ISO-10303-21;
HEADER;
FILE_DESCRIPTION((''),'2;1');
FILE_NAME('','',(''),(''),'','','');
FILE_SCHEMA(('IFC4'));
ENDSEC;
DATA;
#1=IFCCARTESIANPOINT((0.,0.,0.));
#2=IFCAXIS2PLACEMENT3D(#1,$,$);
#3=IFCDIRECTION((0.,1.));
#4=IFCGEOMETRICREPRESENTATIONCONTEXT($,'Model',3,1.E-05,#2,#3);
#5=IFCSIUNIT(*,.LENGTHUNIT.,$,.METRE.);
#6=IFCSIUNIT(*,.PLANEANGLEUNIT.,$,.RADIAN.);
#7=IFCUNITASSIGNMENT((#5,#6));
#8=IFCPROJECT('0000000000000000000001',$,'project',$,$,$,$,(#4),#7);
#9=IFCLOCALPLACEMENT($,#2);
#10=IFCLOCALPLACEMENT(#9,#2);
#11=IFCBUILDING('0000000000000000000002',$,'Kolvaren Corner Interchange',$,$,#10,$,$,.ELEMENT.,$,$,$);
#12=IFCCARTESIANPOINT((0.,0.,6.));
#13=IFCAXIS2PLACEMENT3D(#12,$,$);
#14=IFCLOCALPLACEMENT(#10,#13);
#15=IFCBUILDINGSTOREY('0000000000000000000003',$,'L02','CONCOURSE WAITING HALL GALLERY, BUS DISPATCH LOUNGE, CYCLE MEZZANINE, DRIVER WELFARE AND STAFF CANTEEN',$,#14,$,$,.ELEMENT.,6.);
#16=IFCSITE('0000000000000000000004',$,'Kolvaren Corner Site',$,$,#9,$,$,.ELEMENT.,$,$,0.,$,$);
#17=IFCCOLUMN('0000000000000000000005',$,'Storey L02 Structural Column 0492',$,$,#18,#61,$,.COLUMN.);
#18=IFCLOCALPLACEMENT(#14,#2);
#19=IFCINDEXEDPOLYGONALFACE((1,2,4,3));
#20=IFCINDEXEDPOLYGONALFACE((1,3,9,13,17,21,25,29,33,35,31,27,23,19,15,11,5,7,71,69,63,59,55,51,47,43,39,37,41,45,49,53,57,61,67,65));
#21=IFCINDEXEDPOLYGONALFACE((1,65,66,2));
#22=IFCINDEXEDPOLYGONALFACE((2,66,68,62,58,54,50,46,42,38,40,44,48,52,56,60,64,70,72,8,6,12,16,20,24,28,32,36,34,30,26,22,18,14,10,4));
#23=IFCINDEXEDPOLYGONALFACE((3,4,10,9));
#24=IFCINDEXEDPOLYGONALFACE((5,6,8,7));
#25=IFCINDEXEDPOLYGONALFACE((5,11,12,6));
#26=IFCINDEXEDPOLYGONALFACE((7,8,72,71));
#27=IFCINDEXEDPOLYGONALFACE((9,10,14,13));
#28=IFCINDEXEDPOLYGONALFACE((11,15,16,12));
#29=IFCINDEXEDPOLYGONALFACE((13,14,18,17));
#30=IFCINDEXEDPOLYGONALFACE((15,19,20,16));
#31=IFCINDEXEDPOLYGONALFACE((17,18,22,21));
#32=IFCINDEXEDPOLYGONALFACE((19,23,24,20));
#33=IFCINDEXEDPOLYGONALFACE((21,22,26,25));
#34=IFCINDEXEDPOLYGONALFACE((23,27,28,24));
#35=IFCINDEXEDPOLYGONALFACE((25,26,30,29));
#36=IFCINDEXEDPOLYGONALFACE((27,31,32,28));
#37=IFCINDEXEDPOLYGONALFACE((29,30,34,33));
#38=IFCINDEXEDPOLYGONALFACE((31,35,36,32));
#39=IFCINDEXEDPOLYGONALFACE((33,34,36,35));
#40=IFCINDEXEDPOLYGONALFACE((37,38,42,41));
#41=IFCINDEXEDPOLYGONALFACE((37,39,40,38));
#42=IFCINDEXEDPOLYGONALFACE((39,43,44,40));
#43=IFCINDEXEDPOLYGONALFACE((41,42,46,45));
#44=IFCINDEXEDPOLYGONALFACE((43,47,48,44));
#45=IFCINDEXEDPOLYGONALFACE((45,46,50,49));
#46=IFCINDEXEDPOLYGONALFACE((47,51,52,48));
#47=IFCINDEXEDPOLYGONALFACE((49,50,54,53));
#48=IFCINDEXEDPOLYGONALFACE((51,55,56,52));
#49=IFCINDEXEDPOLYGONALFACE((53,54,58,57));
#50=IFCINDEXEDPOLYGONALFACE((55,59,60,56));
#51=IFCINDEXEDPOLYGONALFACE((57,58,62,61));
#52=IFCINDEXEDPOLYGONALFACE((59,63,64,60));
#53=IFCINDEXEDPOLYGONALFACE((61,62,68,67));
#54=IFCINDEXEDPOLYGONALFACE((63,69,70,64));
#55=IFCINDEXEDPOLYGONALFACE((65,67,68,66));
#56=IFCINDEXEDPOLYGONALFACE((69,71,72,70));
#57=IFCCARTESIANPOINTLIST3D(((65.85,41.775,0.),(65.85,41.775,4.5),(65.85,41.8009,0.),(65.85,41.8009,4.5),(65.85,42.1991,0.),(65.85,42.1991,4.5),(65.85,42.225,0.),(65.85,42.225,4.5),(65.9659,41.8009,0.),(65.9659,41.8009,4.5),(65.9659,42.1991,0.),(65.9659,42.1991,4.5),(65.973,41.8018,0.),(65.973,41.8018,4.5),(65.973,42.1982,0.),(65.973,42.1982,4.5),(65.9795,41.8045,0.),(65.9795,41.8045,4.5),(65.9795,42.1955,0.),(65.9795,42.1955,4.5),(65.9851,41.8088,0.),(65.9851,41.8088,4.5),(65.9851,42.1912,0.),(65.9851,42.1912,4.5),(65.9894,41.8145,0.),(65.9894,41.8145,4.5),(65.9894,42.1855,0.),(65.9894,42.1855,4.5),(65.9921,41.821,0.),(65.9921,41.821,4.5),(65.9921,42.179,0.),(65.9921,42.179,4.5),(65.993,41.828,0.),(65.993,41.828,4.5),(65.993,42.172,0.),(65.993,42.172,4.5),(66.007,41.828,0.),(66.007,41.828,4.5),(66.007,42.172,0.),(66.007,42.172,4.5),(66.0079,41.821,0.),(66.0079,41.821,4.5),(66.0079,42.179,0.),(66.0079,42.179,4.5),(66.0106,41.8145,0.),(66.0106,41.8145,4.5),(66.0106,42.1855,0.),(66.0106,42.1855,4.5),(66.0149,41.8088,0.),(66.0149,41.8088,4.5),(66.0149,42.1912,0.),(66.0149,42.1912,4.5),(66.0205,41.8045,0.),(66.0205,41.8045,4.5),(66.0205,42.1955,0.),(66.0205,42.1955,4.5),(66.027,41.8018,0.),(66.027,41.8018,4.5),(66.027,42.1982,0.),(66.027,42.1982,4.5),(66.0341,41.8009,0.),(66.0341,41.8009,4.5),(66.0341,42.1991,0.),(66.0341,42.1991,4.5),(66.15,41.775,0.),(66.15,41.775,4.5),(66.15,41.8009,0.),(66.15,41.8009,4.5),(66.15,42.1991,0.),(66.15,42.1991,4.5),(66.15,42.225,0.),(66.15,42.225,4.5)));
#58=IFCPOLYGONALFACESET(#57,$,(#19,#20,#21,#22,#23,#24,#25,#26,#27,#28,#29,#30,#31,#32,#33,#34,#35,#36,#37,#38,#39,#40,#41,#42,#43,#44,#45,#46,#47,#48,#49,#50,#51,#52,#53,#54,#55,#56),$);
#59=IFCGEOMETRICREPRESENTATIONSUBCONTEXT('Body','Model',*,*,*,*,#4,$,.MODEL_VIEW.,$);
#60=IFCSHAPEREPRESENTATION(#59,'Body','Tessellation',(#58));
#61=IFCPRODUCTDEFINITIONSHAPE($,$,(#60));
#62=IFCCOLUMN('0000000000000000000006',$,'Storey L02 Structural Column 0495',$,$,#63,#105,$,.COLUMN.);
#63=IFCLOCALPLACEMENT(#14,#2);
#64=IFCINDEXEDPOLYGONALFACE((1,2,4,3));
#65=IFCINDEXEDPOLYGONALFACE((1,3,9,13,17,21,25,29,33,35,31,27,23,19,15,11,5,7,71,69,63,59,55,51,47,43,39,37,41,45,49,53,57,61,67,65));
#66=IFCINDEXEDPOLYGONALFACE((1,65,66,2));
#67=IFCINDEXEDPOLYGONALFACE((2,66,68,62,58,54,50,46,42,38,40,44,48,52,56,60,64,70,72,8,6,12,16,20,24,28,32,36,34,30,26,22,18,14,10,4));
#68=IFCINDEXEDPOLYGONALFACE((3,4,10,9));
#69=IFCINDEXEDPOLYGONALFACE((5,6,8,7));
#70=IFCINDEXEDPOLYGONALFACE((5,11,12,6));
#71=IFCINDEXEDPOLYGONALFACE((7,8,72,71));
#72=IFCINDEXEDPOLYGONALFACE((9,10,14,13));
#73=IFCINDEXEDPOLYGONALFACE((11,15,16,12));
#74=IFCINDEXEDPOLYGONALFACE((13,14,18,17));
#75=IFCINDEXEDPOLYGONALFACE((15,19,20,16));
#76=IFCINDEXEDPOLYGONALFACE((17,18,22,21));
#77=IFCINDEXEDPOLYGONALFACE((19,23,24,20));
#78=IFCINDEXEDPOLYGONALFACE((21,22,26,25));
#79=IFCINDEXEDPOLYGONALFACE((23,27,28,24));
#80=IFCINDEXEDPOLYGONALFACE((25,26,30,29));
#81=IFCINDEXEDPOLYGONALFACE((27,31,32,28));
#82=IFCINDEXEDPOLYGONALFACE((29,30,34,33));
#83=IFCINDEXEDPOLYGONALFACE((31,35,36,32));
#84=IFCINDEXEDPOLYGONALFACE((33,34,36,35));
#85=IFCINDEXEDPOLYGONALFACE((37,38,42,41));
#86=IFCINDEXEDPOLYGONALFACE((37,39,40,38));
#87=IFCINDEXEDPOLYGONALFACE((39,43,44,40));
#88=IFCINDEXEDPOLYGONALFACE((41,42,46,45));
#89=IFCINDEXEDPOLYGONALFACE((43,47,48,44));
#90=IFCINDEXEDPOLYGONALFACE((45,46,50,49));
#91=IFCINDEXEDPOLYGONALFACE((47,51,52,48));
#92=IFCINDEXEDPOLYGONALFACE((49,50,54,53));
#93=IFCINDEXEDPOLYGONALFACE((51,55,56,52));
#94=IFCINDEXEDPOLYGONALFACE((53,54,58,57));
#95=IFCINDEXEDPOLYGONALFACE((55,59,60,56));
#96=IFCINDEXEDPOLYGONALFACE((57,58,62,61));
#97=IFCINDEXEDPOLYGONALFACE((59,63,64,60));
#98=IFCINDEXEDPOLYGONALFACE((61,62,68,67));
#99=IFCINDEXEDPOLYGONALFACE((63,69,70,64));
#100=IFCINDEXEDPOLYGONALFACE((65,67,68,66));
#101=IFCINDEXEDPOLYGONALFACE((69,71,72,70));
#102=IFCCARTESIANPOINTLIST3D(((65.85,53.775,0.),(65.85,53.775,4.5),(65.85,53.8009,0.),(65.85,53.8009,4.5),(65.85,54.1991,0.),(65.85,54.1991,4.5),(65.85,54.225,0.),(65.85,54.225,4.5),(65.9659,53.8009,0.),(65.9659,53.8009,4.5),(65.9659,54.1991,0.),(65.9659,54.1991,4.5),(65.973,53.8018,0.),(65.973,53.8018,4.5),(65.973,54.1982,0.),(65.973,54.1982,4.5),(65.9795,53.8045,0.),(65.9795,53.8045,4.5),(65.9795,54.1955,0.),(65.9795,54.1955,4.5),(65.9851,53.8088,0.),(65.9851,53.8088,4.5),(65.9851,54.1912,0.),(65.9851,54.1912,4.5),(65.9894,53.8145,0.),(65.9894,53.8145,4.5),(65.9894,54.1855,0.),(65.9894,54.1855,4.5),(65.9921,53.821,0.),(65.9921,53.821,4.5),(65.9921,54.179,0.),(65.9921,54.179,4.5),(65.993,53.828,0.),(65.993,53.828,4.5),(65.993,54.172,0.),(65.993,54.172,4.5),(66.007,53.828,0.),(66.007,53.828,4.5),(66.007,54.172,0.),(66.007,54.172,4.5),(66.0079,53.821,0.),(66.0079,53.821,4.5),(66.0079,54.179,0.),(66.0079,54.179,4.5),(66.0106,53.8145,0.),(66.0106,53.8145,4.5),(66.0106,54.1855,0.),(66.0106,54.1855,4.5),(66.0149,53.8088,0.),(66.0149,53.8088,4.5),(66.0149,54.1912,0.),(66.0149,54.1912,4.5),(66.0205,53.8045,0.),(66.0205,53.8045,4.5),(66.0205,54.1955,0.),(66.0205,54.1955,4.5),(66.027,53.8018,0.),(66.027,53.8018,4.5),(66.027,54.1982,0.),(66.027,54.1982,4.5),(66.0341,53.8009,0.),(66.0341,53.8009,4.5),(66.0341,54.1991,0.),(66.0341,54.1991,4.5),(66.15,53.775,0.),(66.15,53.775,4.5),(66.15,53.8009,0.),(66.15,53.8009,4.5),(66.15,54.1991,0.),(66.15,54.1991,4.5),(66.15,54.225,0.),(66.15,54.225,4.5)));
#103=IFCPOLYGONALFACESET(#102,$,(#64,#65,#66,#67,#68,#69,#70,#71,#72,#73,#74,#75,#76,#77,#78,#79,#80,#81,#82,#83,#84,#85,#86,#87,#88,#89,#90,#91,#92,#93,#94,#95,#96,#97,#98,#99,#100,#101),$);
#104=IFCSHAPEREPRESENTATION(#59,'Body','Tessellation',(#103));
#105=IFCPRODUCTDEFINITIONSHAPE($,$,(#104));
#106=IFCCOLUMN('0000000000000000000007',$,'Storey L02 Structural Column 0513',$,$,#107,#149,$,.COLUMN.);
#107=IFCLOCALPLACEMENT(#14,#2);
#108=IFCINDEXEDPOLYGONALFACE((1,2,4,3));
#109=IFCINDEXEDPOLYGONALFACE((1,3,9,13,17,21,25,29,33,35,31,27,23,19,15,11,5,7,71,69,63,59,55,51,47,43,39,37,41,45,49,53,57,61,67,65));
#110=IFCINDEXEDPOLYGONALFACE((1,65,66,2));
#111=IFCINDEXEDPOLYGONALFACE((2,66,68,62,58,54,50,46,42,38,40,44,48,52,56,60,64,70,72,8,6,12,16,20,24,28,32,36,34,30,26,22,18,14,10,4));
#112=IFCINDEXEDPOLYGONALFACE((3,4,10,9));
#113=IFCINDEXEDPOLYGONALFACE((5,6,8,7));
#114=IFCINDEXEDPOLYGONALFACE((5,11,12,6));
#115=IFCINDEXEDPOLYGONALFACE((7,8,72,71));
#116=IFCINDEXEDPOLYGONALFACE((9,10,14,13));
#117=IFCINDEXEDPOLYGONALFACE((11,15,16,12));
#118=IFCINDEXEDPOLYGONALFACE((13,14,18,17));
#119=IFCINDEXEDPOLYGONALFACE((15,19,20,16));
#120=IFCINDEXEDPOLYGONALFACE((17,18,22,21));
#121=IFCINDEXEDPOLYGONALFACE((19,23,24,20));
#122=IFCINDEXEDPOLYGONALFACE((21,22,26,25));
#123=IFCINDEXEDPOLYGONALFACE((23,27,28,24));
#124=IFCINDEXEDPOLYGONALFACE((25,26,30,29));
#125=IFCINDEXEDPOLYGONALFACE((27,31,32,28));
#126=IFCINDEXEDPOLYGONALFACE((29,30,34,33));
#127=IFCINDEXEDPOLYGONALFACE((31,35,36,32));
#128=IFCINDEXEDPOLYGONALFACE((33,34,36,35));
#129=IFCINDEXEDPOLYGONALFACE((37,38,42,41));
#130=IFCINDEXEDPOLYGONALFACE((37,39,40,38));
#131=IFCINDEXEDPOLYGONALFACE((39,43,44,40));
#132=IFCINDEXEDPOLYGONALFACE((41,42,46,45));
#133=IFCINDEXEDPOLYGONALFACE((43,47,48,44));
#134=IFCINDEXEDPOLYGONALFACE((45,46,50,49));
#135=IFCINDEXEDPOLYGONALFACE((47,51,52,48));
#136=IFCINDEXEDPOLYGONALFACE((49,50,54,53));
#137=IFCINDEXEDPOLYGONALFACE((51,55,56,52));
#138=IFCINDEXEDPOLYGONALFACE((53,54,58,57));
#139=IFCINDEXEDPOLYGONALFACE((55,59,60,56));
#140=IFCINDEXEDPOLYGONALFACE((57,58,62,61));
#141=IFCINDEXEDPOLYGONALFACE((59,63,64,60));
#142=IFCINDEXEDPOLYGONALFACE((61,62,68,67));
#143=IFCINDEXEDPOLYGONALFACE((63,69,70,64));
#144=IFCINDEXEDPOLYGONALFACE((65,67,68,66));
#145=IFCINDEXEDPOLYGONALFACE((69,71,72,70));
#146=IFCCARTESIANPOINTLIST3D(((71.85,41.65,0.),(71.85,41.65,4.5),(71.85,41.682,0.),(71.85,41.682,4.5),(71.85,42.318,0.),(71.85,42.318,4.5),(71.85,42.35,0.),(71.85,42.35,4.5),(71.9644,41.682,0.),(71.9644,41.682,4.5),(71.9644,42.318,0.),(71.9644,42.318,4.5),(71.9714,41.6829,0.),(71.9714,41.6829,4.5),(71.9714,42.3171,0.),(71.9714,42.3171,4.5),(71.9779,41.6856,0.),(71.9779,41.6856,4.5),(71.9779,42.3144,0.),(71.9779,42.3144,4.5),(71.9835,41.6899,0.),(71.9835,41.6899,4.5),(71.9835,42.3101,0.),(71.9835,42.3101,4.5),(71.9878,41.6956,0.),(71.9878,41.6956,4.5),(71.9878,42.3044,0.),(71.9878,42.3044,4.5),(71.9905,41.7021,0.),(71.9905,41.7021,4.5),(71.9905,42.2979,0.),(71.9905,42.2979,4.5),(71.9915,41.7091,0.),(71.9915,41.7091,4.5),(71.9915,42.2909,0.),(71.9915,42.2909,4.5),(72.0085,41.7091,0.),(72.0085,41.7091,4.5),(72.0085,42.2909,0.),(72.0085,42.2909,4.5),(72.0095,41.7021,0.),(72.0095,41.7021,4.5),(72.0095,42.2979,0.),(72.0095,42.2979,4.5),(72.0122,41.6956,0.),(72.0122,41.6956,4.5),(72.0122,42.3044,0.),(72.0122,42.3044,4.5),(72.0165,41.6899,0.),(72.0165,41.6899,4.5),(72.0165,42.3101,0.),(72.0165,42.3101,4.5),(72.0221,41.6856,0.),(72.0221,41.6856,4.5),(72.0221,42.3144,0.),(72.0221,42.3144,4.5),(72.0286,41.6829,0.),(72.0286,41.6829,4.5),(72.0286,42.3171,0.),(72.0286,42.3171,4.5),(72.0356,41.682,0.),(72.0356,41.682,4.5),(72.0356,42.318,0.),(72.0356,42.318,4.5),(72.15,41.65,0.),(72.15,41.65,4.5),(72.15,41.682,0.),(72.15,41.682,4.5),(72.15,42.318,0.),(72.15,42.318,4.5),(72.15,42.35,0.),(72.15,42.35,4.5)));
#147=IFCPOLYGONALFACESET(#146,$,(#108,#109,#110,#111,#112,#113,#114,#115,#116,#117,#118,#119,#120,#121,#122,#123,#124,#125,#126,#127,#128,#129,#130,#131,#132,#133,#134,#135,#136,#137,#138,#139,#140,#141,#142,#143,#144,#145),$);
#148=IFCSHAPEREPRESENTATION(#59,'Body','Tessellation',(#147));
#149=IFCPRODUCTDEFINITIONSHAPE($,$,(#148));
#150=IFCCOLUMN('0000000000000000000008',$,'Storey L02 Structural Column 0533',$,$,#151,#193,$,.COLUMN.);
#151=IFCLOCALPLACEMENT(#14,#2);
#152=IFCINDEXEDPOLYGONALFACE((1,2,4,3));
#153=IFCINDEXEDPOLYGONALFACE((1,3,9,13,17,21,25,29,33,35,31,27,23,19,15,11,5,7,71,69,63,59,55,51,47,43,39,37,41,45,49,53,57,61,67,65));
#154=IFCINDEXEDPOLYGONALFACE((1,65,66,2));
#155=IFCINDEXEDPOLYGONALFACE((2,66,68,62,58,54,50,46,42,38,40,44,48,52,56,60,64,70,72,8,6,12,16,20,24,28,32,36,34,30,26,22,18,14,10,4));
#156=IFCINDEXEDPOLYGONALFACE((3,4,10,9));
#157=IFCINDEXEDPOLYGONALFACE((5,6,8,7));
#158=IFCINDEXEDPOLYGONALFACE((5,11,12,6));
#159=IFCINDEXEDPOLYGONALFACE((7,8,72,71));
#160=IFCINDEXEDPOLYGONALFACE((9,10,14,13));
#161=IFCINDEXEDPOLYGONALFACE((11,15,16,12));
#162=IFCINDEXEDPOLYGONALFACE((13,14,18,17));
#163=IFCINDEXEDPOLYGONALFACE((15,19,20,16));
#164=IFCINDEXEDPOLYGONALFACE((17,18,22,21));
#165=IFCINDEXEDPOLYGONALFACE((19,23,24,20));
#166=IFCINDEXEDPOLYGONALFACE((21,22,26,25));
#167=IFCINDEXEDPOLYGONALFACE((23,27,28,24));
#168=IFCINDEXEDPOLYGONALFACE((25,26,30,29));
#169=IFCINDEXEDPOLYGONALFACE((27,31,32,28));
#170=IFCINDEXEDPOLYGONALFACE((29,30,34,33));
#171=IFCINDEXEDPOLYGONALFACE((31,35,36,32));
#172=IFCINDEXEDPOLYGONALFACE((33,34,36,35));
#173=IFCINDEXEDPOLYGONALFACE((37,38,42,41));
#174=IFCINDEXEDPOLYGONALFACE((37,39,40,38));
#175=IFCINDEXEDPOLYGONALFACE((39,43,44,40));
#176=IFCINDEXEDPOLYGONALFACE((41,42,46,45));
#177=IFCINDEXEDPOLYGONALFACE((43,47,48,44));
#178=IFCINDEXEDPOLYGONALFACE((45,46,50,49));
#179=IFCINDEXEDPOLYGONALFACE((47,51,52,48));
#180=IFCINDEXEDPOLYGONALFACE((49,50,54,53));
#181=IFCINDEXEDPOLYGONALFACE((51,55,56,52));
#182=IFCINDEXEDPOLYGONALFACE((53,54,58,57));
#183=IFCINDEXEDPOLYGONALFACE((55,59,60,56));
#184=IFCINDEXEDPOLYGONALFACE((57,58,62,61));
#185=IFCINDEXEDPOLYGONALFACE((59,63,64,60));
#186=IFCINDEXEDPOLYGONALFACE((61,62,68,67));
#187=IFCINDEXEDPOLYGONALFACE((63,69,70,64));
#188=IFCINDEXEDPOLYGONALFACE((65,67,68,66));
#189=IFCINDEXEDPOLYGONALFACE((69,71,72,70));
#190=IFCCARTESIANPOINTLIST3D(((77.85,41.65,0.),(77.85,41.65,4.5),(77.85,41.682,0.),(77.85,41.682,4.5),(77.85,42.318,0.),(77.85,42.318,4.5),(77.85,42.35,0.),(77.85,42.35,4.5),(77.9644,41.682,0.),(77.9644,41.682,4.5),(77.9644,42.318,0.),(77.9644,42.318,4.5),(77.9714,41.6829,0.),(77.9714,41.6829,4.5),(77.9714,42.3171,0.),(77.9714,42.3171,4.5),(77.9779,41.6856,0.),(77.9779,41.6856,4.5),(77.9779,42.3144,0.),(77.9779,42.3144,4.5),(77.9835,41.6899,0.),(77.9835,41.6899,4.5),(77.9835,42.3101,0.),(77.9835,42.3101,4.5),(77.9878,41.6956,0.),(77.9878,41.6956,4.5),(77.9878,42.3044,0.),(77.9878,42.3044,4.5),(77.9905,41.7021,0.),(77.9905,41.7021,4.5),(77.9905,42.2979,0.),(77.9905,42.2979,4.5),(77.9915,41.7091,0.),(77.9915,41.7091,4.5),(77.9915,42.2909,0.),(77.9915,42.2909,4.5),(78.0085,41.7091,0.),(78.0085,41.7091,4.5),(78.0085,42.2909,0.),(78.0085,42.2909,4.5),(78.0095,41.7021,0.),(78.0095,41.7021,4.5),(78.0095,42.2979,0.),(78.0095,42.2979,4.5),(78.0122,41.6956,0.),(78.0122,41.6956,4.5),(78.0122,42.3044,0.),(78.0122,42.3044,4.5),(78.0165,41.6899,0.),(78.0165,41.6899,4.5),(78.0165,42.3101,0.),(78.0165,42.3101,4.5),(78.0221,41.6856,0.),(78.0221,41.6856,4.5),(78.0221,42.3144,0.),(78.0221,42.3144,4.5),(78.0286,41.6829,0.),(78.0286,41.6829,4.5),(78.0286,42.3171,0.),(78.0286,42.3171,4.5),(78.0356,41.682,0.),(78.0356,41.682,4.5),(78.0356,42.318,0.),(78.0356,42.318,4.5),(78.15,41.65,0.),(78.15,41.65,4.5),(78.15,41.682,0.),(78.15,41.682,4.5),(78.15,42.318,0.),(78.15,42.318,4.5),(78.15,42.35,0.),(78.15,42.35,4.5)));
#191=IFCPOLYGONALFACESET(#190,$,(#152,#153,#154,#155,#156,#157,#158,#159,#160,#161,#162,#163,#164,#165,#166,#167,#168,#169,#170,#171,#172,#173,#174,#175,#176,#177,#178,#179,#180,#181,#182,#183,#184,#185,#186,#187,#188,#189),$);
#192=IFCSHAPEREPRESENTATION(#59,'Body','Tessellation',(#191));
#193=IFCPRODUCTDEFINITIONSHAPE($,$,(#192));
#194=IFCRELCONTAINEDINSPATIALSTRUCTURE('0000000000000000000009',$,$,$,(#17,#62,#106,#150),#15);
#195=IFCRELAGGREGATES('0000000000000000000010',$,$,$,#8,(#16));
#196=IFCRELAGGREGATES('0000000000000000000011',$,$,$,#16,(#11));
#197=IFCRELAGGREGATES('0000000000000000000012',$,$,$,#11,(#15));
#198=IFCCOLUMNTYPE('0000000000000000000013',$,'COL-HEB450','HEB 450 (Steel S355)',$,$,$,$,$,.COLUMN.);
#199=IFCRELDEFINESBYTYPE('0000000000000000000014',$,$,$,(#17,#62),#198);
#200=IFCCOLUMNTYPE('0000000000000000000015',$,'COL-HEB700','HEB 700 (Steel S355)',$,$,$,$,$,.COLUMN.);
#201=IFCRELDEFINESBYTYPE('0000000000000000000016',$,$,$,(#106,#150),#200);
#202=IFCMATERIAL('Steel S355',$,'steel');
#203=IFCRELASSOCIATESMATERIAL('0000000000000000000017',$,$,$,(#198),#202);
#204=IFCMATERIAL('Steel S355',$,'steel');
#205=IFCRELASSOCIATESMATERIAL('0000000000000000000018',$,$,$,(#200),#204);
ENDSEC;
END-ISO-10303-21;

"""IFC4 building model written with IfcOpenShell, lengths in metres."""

from ifc_helpers import new_model, si_unit, direction, frame, origin, origin_2d, place, context, subcontext, project, spatial, i_section, extrude, material, material_profile, profile_set, type_object, element, save


model = new_model("IFC4")

# Units and contexts
model_context = context("Model", 3, precision=1e-05, world=origin(), true_north=direction((0.0, 1.0)))
body_context = subcontext(model_context, "Body", "Model", "MODEL_VIEW")
ifc_project = project(units=[si_unit("LENGTHUNIT", "METRE"), si_unit("PLANEANGLEUNIT", "RADIAN")], contexts=[model_context])

# Site, building, storey
site_placement = place(None, origin())
site = spatial("IfcSite", under=ifc_project, at=site_placement, Name="Kolvaren Corner Site", CompositionType="ELEMENT", RefElevation=0.0)
building_placement = place(site_placement, origin())
building = spatial("IfcBuilding", under=site, at=building_placement, Name="Kolvaren Corner Interchange", CompositionType="ELEMENT")
storey_placement = place(building_placement, frame((0.0, 0.0, 6.0)))
storey = spatial("IfcBuildingStorey", under=building, at=storey_placement, Name="L02", Description="CONCOURSE WAITING HALL GALLERY, BUS DISPATCH LOUNGE, CYCLE MEZZANINE, DRIVER WELFARE AND STAFF CANTEEN", CompositionType="ELEMENT", Elevation=6.0)

# Columns
ifc_material_1 = material(Name="Steel S355", Category="steel")
ifc_material_profile_1 = material_profile(ifc_material_1, i_section(OverallWidth=0.3, OverallDepth=0.45, WebThickness=0.0139, FlangeThickness=0.0259, FilletRadius=0.0271, at=origin_2d()), Name="HEB 450")
ifc_profile_set_1 = profile_set([ifc_material_profile_1], Name="Steel S355")
column_type_1 = type_object("IfcColumnType", Name="COL-HEB450", Description="HEB 450 (Steel S355)", PredefinedType="COLUMN", material=ifc_profile_set_1)
for number, where, z_axis, x_axis, name in (
    (1, (66.0, 42.0, 0.0), (0.0, 0.0, 1.0), (1.0, 0.0, 0.0), "Storey L02 Structural Column 0492"),
    (2, (66.0, 54.0, 0.0), (0.0, 0.0, 1.0), (1.0, 0.0, 0.0), "Storey L02 Structural Column 0495"),
):
    element("IfcColumn", number, at=place(storey_placement, frame(where, z_axis=z_axis, x_axis=x_axis)), inside=storey, type_object=column_type_1, Name=name, PredefinedType="COLUMN", context=body_context, shape_type="SweptSolid", body=[
        extrude(i_section(OverallWidth=0.3, OverallDepth=0.45, WebThickness=0.0139, FlangeThickness=0.0259, FilletRadius=0.0271, at=origin_2d()), origin(), (0.0, 0.0, 1.0), 4.5),
    ])
ifc_material_2 = material(Name="Steel S355", Category="steel")
ifc_material_profile_2 = material_profile(ifc_material_2, i_section(OverallWidth=0.3, OverallDepth=0.7, WebThickness=0.0171, FlangeThickness=0.032, FilletRadius=0.0271, at=origin_2d()), Name="HEB 700")
ifc_profile_set_2 = profile_set([ifc_material_profile_2], Name="Steel S355")
column_type_2 = type_object("IfcColumnType", Name="COL-HEB700", Description="HEB 700 (Steel S355)", PredefinedType="COLUMN", material=ifc_profile_set_2)
for number, where, z_axis, x_axis, name in (
    (3, (72.0, 42.0, 0.0), (0.0, 0.0, 1.0), (1.0, 0.0, 0.0), "Storey L02 Structural Column 0513"),
    (4, (78.0, 42.0, 0.0), (0.0, 0.0, 1.0), (1.0, 0.0, 0.0), "Storey L02 Structural Column 0533"),
):
    element("IfcColumn", number, at=place(storey_placement, frame(where, z_axis=z_axis, x_axis=x_axis)), inside=storey, type_object=column_type_2, Name=name, PredefinedType="COLUMN", context=body_context, shape_type="SweptSolid", body=[
        extrude(i_section(OverallWidth=0.3, OverallDepth=0.7, WebThickness=0.0171, FlangeThickness=0.032, FilletRadius=0.0271, at=origin_2d()), origin(), (0.0, 0.0, 1.0), 4.5),
    ])

save(model, "model.ifc")
